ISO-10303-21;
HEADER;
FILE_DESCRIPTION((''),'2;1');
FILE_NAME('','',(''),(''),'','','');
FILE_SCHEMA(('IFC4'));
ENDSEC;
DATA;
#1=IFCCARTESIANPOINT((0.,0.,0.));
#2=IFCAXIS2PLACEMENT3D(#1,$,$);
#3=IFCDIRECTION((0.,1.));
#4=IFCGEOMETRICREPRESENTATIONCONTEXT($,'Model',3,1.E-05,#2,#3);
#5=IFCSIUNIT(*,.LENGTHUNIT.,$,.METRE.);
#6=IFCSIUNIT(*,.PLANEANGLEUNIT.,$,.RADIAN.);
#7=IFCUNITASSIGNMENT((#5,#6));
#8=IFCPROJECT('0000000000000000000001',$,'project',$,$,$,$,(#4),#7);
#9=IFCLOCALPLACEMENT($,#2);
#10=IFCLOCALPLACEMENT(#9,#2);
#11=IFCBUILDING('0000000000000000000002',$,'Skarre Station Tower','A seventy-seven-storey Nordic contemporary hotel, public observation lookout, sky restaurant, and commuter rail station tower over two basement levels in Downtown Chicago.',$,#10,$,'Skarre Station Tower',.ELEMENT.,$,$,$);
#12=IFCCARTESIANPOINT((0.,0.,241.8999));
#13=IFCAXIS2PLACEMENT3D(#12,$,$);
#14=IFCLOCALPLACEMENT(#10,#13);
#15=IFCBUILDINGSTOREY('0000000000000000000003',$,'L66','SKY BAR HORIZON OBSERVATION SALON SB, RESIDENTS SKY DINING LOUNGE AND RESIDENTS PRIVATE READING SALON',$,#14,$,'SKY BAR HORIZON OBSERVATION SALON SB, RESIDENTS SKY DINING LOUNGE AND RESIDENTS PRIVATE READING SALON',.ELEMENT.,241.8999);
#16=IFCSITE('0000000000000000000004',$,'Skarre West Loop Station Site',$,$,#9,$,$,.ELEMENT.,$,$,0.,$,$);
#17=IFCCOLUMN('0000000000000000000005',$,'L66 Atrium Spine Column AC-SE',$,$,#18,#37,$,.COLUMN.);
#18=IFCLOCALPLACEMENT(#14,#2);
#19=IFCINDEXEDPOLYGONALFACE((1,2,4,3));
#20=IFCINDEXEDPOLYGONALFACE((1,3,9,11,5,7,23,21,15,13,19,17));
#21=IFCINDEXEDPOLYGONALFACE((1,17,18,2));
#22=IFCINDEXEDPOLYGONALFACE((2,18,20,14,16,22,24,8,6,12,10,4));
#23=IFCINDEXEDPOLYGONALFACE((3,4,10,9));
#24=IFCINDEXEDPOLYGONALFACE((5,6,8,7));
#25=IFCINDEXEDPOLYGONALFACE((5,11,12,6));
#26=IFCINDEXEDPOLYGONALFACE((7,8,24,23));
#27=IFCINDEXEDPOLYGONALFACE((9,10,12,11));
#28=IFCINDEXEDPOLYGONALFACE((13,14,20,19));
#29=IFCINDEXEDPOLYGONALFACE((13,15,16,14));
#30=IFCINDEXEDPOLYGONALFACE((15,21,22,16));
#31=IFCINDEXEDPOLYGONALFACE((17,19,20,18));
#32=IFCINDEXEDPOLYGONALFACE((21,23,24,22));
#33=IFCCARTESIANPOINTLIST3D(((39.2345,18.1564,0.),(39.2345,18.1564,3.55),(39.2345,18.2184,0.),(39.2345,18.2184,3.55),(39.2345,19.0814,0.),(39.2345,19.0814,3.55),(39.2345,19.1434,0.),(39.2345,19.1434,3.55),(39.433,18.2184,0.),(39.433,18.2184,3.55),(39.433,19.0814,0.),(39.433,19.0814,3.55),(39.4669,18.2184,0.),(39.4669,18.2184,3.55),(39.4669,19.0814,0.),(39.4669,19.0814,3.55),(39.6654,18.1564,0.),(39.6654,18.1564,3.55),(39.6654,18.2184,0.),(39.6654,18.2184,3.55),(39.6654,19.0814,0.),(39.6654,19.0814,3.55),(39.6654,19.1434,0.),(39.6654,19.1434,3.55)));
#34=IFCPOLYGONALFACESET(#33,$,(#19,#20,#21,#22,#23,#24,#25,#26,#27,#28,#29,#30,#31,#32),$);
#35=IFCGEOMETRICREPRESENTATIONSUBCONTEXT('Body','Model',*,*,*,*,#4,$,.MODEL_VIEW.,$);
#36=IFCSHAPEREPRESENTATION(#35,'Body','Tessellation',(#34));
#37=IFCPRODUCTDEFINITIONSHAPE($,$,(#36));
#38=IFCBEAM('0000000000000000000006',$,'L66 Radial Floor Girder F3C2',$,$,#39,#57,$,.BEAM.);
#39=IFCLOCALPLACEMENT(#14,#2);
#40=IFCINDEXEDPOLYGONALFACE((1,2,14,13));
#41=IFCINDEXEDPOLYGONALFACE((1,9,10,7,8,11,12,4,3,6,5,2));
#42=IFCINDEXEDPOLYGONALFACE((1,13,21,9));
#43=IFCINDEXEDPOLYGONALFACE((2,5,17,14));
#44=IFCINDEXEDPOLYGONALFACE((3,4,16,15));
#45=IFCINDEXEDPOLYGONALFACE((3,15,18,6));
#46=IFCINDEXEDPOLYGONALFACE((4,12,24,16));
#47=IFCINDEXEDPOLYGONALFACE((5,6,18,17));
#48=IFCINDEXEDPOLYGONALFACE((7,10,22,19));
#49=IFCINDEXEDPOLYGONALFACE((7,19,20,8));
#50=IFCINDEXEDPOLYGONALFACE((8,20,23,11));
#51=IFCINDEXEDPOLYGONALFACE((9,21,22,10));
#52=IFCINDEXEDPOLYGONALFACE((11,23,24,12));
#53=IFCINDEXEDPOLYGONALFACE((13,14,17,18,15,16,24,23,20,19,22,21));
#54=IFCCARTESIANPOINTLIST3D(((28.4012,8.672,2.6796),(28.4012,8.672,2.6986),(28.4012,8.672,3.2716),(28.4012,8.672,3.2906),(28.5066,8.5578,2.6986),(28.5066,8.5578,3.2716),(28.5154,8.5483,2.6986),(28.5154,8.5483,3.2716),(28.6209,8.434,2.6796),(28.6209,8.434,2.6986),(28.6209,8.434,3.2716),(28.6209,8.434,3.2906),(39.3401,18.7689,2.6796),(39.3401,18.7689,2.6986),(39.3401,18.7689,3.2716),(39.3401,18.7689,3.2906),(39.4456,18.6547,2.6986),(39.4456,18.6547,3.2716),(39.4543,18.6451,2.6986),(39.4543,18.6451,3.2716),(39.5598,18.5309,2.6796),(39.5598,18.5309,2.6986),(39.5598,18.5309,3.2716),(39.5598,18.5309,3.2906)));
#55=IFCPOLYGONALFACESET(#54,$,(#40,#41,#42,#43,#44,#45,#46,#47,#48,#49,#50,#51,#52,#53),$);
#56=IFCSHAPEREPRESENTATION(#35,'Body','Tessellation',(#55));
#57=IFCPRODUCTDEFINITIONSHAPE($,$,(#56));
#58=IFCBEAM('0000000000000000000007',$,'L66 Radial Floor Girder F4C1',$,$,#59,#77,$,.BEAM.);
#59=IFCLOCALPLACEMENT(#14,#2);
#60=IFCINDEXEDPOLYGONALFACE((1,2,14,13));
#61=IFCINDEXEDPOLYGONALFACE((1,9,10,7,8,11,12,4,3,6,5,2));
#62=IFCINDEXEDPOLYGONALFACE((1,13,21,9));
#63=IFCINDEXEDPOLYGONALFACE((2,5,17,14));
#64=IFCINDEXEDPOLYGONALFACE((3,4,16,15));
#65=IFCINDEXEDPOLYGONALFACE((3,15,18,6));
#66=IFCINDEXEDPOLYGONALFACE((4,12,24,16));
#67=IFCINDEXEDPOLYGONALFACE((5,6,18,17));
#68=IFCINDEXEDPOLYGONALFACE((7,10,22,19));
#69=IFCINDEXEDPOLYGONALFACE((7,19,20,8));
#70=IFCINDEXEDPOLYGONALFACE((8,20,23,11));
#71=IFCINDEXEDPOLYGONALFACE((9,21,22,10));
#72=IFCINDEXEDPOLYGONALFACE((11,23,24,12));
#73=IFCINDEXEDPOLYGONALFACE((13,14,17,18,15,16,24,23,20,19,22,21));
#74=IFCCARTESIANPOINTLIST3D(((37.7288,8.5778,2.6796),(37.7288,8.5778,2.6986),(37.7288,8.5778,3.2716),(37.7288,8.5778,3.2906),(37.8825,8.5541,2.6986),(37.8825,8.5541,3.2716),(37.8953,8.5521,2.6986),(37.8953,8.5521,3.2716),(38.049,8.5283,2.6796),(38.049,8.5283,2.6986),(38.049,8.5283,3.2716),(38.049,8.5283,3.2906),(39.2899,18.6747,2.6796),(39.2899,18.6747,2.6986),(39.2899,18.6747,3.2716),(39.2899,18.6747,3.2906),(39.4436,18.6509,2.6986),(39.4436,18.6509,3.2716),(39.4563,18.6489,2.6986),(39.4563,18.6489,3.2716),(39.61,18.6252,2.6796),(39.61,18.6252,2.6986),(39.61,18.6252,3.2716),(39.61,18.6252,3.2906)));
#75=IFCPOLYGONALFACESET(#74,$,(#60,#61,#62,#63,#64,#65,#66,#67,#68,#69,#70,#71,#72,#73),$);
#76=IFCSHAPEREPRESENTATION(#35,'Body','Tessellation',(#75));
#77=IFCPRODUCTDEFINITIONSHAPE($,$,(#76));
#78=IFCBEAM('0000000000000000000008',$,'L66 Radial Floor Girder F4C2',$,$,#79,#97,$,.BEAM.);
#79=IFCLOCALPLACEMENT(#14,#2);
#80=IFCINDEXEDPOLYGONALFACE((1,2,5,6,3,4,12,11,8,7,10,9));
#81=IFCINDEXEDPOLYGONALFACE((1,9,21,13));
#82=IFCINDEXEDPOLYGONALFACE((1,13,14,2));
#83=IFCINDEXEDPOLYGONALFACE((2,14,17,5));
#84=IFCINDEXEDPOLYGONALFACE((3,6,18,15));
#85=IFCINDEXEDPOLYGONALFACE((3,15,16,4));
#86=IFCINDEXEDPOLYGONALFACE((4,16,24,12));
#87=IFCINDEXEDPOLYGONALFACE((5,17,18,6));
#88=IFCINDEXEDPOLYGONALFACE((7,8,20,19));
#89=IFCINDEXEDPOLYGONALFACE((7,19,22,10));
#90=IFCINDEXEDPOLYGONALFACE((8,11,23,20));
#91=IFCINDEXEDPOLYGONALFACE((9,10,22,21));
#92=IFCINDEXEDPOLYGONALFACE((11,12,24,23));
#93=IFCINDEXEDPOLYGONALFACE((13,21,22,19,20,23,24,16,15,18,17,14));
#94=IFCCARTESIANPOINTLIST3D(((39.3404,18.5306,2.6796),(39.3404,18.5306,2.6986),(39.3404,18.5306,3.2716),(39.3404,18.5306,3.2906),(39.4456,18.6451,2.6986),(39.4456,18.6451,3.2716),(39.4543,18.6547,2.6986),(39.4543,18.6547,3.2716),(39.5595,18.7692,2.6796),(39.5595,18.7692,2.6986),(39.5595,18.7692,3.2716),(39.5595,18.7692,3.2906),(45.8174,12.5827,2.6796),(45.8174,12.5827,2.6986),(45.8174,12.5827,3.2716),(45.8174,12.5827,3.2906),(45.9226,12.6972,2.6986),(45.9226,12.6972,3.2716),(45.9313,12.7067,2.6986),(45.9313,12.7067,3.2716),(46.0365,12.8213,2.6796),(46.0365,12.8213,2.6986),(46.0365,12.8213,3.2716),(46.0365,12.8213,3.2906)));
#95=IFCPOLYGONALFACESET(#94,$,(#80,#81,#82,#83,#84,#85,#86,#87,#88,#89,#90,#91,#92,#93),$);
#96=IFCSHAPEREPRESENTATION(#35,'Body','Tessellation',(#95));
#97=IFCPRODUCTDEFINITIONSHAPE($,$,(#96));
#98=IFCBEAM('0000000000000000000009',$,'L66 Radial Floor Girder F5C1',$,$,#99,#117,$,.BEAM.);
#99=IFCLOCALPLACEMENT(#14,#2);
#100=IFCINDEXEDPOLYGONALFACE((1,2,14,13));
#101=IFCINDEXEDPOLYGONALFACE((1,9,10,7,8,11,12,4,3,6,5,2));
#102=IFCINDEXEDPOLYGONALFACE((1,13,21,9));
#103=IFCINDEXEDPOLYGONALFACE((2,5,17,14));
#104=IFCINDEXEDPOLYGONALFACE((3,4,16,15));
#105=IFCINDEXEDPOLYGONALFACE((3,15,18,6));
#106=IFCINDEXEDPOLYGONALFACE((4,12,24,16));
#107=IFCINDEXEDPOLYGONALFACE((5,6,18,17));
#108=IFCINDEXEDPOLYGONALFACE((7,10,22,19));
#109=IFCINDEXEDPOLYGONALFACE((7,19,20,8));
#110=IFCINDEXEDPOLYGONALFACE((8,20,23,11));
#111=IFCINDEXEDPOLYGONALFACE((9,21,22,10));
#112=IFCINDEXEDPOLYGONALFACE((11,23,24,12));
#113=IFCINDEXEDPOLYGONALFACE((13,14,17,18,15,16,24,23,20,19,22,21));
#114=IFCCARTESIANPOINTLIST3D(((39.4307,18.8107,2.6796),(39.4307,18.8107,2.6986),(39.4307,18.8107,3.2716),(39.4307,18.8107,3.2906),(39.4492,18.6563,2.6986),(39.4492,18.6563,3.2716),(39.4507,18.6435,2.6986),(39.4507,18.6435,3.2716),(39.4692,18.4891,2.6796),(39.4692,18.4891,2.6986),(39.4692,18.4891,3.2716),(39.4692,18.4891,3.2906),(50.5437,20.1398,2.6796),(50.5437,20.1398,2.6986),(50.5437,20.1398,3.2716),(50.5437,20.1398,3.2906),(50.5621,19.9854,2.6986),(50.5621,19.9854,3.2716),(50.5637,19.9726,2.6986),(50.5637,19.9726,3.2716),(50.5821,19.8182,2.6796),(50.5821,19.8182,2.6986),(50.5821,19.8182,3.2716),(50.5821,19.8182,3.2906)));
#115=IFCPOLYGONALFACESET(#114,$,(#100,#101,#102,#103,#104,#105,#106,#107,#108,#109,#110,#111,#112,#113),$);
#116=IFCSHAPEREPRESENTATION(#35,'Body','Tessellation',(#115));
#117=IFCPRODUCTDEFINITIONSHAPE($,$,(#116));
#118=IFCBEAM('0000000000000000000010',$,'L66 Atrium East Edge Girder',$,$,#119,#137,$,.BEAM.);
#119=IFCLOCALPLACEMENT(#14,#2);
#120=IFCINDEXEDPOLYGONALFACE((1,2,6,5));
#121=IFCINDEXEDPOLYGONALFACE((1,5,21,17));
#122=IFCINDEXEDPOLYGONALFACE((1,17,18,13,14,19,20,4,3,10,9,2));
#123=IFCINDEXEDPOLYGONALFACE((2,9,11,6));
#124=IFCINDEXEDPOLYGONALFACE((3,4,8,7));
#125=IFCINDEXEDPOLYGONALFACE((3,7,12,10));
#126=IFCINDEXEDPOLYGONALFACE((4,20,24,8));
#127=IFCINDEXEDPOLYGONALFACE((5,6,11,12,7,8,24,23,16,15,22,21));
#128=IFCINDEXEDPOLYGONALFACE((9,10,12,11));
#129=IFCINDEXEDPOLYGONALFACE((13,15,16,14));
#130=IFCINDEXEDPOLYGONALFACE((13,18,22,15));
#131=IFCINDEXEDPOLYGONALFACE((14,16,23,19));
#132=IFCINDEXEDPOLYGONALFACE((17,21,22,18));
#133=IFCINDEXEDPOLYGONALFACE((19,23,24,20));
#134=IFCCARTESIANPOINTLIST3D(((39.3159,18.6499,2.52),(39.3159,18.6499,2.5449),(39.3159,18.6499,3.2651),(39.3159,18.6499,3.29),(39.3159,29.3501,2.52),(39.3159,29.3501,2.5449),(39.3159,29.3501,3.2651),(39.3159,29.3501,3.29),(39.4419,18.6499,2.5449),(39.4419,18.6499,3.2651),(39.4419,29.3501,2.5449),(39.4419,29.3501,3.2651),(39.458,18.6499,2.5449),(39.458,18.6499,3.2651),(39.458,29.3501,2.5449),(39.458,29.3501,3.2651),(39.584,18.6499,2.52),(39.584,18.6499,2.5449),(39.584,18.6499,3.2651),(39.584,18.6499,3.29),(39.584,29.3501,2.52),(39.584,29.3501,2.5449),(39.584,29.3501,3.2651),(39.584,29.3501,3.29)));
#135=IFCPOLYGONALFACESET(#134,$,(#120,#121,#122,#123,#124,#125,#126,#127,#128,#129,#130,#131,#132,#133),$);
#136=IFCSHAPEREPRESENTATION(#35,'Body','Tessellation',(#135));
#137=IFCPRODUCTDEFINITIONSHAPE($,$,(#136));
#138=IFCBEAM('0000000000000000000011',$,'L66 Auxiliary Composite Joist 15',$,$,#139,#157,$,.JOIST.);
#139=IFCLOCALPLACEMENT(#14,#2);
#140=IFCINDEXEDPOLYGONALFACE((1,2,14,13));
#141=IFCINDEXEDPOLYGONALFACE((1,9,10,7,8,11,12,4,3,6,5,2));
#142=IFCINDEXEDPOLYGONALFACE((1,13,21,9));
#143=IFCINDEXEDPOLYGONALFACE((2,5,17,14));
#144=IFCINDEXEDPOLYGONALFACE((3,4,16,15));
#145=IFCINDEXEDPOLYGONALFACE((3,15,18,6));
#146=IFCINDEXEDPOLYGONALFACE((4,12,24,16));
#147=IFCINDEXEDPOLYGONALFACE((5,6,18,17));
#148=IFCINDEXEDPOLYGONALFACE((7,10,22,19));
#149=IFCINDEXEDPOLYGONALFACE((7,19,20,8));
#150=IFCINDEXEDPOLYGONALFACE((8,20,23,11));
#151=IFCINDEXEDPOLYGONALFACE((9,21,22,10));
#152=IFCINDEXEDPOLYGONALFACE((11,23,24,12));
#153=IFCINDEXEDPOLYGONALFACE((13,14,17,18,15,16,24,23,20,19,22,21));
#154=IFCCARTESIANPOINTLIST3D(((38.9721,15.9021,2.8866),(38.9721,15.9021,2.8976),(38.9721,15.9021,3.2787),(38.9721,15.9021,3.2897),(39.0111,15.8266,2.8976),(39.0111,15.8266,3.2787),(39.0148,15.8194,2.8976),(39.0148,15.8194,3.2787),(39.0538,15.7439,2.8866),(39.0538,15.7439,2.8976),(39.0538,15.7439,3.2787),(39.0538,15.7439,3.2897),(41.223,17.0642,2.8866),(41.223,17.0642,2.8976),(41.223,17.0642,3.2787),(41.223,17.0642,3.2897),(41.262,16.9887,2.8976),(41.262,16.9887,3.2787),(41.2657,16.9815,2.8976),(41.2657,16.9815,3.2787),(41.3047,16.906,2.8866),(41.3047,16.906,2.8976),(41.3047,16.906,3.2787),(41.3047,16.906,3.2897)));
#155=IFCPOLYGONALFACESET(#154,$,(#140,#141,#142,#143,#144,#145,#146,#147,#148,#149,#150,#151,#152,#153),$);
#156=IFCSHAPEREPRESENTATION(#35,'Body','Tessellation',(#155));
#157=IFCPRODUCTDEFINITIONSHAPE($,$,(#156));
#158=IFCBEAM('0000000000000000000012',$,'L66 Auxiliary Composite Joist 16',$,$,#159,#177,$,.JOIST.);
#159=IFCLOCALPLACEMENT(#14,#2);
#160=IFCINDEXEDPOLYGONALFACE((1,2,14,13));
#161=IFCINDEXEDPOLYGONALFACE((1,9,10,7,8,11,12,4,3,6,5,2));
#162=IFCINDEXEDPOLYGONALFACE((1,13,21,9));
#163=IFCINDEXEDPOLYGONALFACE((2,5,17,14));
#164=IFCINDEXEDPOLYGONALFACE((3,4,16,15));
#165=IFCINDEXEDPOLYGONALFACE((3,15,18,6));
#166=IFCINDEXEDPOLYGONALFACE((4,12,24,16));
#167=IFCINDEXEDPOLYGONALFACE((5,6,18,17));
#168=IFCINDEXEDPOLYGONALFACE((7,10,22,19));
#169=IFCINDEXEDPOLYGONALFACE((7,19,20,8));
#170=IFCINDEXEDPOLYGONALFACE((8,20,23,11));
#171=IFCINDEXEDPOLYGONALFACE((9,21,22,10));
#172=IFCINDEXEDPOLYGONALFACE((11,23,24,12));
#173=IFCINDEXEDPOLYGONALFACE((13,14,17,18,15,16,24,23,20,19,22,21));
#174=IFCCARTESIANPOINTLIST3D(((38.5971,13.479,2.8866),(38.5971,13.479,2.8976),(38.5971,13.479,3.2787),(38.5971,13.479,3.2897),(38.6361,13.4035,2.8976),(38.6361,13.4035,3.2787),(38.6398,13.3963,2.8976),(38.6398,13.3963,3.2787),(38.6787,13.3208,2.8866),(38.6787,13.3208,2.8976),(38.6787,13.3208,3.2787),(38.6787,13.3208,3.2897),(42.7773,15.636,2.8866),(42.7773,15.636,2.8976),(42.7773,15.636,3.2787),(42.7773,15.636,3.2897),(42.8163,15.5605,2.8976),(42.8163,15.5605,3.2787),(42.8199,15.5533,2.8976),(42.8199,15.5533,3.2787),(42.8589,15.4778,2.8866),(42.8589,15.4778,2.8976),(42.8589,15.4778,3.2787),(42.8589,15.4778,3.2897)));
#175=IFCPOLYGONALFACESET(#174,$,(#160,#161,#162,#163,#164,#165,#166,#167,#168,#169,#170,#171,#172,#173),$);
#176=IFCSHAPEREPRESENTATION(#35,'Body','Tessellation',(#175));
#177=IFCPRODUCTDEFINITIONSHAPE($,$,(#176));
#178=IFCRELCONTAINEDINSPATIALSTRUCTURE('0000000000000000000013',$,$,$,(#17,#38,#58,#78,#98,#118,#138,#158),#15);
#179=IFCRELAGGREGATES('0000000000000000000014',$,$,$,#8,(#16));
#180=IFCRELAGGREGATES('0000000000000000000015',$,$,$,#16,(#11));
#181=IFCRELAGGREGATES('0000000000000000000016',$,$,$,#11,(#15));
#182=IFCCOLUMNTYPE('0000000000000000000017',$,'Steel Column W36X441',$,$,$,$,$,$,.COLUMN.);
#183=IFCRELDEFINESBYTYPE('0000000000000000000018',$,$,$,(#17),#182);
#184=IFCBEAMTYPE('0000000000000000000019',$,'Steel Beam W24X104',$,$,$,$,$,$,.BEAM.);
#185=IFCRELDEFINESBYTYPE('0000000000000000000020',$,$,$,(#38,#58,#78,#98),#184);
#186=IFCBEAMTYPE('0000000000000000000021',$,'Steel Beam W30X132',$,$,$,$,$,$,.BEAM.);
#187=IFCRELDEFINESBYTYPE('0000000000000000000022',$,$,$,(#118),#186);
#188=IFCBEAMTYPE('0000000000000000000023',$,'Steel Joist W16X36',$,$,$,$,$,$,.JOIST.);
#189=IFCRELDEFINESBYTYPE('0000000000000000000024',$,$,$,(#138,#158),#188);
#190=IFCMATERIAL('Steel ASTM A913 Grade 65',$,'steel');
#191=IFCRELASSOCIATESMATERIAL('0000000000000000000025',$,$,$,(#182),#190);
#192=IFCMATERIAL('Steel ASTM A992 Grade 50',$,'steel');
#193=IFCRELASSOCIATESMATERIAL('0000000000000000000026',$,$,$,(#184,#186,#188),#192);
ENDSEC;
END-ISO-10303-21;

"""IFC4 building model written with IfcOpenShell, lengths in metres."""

from ifc_helpers import new_model, si_unit, direction, frame, origin, origin_2d, place, context, subcontext, project, spatial, i_section, extrude, material, material_profile, profile_set, type_object, element, save


model = new_model("IFC4")

# Units and contexts
model_context = context("Model", 3, precision=1e-05, world=origin(), true_north=direction((0.0, 1.0)))
body_context = subcontext(model_context, "Body", "Model", "MODEL_VIEW")
ifc_project = project(units=[si_unit("LENGTHUNIT", "METRE"), si_unit("PLANEANGLEUNIT", "RADIAN")], contexts=[model_context])

# Site, building, storey
site_placement = place(None, origin())
site = spatial("IfcSite", under=ifc_project, at=site_placement, Name="Skarre West Loop Station Site", CompositionType="ELEMENT", RefElevation=0.0)
building_placement = place(site_placement, origin())
building = spatial("IfcBuilding", under=site, at=building_placement, Name="Skarre Station Tower", Description="A seventy-seven-storey Nordic contemporary hotel, public observation lookout, sky restaurant, and commuter rail station tower over two basement levels in Downtown Chicago.", LongName="Skarre Station Tower", CompositionType="ELEMENT")
storey_placement = place(building_placement, frame((0.0, 0.0, 241.8999)))
storey = spatial("IfcBuildingStorey", under=building, at=storey_placement, Name="L66", Description="SKY BAR HORIZON OBSERVATION SALON SB, RESIDENTS SKY DINING LOUNGE AND RESIDENTS PRIVATE READING SALON", LongName="SKY BAR HORIZON OBSERVATION SALON SB, RESIDENTS SKY DINING LOUNGE AND RESIDENTS PRIVATE READING SALON", CompositionType="ELEMENT", Elevation=241.8999)

# Column
ifc_material_1 = material(Name="Steel ASTM A913 Grade 65", Category="steel")
ifc_material_profile_1 = material_profile(ifc_material_1, i_section(OverallWidth=0.4309, OverallDepth=0.9871, WebThickness=0.0339, FlangeThickness=0.062, at=origin_2d()), Name="Steel ASTM A913 Grade 65")
ifc_profile_set_1 = profile_set([ifc_material_profile_1], Name="Steel ASTM A913 Grade 65")
column_type = type_object("IfcColumnType", Name="Steel Column W36X441", PredefinedType="COLUMN", material=ifc_profile_set_1)
column_placement = place(storey_placement, frame((39.45, 18.6499, 0.0), z_axis=(0.0, 0.0, 1.0), x_axis=(1.0, 0.0, 0.0)))
element("IfcColumn", 1, at=column_placement, inside=storey, type_object=column_type, Name="L66 Atrium Spine Column AC-SE", PredefinedType="COLUMN", context=body_context, shape_type="SweptSolid", body=[
    extrude(i_section(OverallWidth=0.4309, OverallDepth=0.9871, WebThickness=0.0339, FlangeThickness=0.062, at=origin_2d()), origin(), (0.0, 0.0, 1.0), 3.55),
])

# Beams
ifc_material_2 = material(Name="Steel ASTM A992 Grade 50", Category="steel")
ifc_material_profile_2 = material_profile(ifc_material_2, i_section(OverallWidth=0.324, OverallDepth=0.6111, WebThickness=0.0129, FlangeThickness=0.019, at=origin_2d()), Name="Steel ASTM A992 Grade 50")
ifc_profile_set_2 = profile_set([ifc_material_profile_2], Name="Steel ASTM A992 Grade 50")
beam_type_1 = type_object("IfcBeamType", Name="Steel Beam W24X104", PredefinedType="BEAM", material=ifc_profile_set_2)
beam_1_placement = place(storey_placement, frame((39.45, 18.6499, 2.9851), z_axis=(-0.734823, -0.678259, 0.0), x_axis=(0.678259, -0.734823, 0.0)))
element("IfcBeam", 2, at=beam_1_placement, inside=storey, type_object=beam_type_1, Name="L66 Radial Floor Girder F3C2", PredefinedType="BEAM", context=body_context, shape_type="SweptSolid", body=[
    extrude(i_section(OverallWidth=0.324, OverallDepth=0.6111, WebThickness=0.0129, FlangeThickness=0.019, at=origin_2d()), origin(), (0.0, 0.0, 1.0), 14.8865),
])
beam_2_placement = place(storey_placement, frame((39.45, 18.6499, 2.9851), z_axis=(-0.15279, -0.988259, 0.0), x_axis=(0.988259, -0.15279, 0.0)))
element("IfcBeam", 3, at=beam_2_placement, inside=storey, type_object=beam_type_1, Name="L66 Radial Floor Girder F4C1", PredefinedType="BEAM", context=body_context, shape_type="SweptSolid", body=[
    extrude(i_section(OverallWidth=0.324, OverallDepth=0.6111, WebThickness=0.0129, FlangeThickness=0.019, at=origin_2d()), origin(), (0.0, 0.0, 1.0), 10.2168),
])
beam_3_placement = place(storey_placement, frame((39.45, 18.6499, 2.9851), z_axis=(0.736548, -0.676386, 0.0), x_axis=(0.676386, 0.736548, 0.0)))
element("IfcBeam", 4, at=beam_3_placement, inside=storey, type_object=beam_type_1, Name="L66 Radial Floor Girder F4C2", PredefinedType="BEAM", context=body_context, shape_type="SweptSolid", body=[
    extrude(i_section(OverallWidth=0.324, OverallDepth=0.6111, WebThickness=0.0129, FlangeThickness=0.019, at=origin_2d()), origin(), (0.0, 0.0, 1.0), 8.7937),
])
beam_4_placement = place(storey_placement, frame((39.45, 18.6499, 2.9851), z_axis=(0.992924, 0.118752, 0.0), x_axis=(-0.118752, 0.992924, 0.0)))
element("IfcBeam", 5, at=beam_4_placement, inside=storey, type_object=beam_type_1, Name="L66 Radial Floor Girder F5C1", PredefinedType="BEAM", context=body_context, shape_type="SweptSolid", body=[
    extrude(i_section(OverallWidth=0.324, OverallDepth=0.6111, WebThickness=0.0129, FlangeThickness=0.019, at=origin_2d()), origin(), (0.0, 0.0, 1.0), 11.1921),
])
ifc_material_profile_3 = material_profile(ifc_material_2, i_section(OverallWidth=0.2681, OverallDepth=0.77, WebThickness=0.0161, FlangeThickness=0.0249, at=origin_2d()), Name="Steel ASTM A992 Grade 50")
ifc_profile_set_3 = profile_set([ifc_material_profile_3], Name="Steel ASTM A992 Grade 50")
beam_type_2 = type_object("IfcBeamType", Name="Steel Beam W30X132", PredefinedType="BEAM", material=ifc_profile_set_3)
beam_5_placement = place(storey_placement, frame((39.45, 18.6499, 2.905), z_axis=(0.0, 1.0, 0.0), x_axis=(-1.0, 0.0, 0.0)))
element("IfcBeam", 6, at=beam_5_placement, inside=storey, type_object=beam_type_2, Name="L66 Atrium East Edge Girder", PredefinedType="BEAM", context=body_context, shape_type="SweptSolid", body=[
    extrude(i_section(OverallWidth=0.2681, OverallDepth=0.77, WebThickness=0.0161, FlangeThickness=0.0249, at=origin_2d()), origin(), (0.0, 0.0, 1.0), 10.7002),
])
ifc_material_profile_4 = material_profile(ifc_material_2, i_section(OverallWidth=0.178, OverallDepth=0.4031, WebThickness=0.0081, FlangeThickness=0.011, at=origin_2d()), Name="Steel ASTM A992 Grade 50")
ifc_profile_set_4 = profile_set([ifc_material_profile_4], Name="Steel ASTM A992 Grade 50")
beam_type_3 = type_object("IfcBeamType", Name="Steel Joist W16X36", PredefinedType="JOIST", material=ifc_profile_set_4)
beam_6_placement = place(storey_placement, frame((39.0129, 15.823, 3.0881), z_axis=(0.88857, 0.458741, 0.0), x_axis=(-0.458741, 0.88857, 0.0)))
element("IfcBeam", 7, at=beam_6_placement, inside=storey, type_object=beam_type_3, Name="L66 Auxiliary Composite Joist 15", PredefinedType="JOIST", context=body_context, shape_type="SweptSolid", body=[
    extrude(i_section(OverallWidth=0.178, OverallDepth=0.4031, WebThickness=0.0081, FlangeThickness=0.011, at=origin_2d()), origin(), (0.0, 0.0, 1.0), 2.5332),
])
beam_7_placement = place(storey_placement, frame((38.6379, 13.3999, 3.0881), z_axis=(0.888666, 0.458554, 0.0), x_axis=(-0.458554, 0.888666, 0.0)))
element("IfcBeam", 8, at=beam_7_placement, inside=storey, type_object=beam_type_3, Name="L66 Auxiliary Composite Joist 16", PredefinedType="JOIST", context=body_context, shape_type="SweptSolid", body=[
    extrude(i_section(OverallWidth=0.178, OverallDepth=0.4031, WebThickness=0.0081, FlangeThickness=0.011, at=origin_2d()), origin(), (0.0, 0.0, 1.0), 4.7039),
])

save(model, "model.ifc")
